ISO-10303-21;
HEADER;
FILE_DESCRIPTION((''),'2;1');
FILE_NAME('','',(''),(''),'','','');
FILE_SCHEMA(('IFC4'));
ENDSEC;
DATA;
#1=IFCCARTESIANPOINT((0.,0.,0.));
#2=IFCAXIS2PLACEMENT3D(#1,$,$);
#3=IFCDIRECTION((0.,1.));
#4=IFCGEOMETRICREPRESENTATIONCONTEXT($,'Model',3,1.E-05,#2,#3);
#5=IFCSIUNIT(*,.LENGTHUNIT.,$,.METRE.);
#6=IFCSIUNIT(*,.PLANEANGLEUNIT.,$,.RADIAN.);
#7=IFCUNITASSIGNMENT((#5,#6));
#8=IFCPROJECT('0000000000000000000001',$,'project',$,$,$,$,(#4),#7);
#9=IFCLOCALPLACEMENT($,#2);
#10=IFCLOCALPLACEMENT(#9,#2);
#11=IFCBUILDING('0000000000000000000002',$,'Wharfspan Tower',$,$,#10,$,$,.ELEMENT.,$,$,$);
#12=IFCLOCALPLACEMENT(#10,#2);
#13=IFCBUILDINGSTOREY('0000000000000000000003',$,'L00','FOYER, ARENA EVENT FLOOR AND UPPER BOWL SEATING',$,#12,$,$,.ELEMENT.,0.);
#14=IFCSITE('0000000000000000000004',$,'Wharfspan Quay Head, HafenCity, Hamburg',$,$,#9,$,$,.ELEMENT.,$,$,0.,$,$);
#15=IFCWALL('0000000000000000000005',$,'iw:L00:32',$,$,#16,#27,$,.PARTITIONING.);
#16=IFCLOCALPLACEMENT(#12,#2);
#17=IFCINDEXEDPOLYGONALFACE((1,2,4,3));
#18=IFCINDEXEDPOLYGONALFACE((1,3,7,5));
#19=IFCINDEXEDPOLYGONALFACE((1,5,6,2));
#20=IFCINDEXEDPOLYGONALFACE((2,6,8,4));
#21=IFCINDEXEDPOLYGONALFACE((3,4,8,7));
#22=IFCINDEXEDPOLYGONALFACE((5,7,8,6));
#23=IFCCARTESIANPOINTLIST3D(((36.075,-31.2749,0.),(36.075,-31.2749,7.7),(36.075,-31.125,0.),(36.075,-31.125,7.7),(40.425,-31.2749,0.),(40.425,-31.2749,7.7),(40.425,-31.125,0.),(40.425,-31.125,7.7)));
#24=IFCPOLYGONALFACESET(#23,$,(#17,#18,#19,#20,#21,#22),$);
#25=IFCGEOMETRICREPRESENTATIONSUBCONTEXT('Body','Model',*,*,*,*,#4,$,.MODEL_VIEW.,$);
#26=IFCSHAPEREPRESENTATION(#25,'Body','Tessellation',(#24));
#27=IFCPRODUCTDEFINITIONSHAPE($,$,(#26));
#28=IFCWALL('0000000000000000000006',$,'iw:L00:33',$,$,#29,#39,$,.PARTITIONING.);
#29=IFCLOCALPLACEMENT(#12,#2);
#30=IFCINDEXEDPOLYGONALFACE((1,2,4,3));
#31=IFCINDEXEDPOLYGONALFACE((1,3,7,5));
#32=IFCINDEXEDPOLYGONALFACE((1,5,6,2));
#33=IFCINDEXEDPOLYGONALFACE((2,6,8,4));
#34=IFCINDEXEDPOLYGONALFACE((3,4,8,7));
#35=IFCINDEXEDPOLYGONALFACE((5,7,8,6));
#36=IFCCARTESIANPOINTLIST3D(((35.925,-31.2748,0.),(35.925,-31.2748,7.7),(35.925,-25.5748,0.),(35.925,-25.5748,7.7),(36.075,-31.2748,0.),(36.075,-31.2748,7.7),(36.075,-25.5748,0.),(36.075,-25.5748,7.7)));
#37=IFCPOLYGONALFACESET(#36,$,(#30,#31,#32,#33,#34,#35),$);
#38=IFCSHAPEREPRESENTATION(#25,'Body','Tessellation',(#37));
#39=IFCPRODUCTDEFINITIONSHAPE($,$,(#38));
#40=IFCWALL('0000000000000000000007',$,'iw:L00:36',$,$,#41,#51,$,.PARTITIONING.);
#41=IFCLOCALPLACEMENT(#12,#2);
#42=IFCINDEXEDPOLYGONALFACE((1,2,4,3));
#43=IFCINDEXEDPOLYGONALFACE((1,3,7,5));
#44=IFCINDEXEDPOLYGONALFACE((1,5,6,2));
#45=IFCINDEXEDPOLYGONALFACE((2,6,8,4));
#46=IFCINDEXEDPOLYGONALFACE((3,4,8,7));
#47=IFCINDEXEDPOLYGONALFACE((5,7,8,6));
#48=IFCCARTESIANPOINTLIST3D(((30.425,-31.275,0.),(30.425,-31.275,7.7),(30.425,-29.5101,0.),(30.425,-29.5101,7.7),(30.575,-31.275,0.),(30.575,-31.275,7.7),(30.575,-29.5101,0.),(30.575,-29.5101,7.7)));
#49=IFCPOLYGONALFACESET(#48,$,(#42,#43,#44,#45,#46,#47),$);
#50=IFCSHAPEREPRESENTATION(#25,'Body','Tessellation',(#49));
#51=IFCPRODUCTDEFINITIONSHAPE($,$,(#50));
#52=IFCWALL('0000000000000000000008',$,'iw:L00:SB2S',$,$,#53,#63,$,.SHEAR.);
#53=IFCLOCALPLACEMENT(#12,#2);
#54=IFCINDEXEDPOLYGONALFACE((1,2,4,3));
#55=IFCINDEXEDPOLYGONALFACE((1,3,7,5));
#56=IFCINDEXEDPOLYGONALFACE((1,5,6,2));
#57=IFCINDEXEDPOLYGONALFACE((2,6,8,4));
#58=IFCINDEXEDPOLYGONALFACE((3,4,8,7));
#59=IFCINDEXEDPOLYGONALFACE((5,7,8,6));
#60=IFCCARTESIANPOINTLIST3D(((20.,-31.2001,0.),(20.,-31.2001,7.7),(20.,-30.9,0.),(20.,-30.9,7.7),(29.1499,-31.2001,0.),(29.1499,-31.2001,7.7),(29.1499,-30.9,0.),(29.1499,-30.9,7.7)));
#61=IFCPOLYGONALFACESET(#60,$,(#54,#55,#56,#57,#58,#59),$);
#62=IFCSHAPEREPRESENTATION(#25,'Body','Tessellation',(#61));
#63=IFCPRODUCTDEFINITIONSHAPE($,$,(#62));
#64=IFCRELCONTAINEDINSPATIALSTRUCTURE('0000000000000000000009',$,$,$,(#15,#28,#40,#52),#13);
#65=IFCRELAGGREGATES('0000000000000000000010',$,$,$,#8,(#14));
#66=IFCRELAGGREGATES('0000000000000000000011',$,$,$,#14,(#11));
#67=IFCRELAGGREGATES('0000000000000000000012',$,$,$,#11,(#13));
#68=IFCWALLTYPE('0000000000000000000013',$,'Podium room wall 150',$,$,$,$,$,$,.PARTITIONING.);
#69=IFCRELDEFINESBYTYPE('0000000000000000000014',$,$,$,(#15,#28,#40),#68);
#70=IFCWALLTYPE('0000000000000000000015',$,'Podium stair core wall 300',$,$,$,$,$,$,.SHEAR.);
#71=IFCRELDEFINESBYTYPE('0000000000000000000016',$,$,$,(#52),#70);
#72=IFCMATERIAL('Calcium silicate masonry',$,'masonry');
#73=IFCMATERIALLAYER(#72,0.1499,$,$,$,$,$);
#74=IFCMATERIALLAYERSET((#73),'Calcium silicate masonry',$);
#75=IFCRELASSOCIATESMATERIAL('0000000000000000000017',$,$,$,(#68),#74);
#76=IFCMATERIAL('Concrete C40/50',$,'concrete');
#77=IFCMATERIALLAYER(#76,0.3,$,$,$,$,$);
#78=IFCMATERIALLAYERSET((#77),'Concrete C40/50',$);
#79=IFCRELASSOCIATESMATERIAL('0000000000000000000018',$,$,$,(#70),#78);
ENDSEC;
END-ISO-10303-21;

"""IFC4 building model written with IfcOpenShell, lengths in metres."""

from ifc_helpers import new_model, si_unit, direction, frame, frame_2d, origin, place, context, subcontext, project, spatial, rectangle, extrude, material, layer, layer_set, type_object, element, save


model = new_model("IFC4")

# Units and contexts
model_context = context("Model", 3, precision=1e-05, world=origin(), true_north=direction((0.0, 1.0)))
body_context = subcontext(model_context, "Body", "Model", "MODEL_VIEW")
ifc_project = project(units=[si_unit("LENGTHUNIT", "METRE"), si_unit("PLANEANGLEUNIT", "RADIAN")], contexts=[model_context])

# Site, building, storey
site_placement = place(None, origin())
site = spatial("IfcSite", under=ifc_project, at=site_placement, Name="Wharfspan Quay Head, HafenCity, Hamburg", CompositionType="ELEMENT", RefElevation=0.0)
building_placement = place(site_placement, origin())
building = spatial("IfcBuilding", under=site, at=building_placement, Name="Wharfspan Tower", CompositionType="ELEMENT")
storey_placement = place(building_placement, origin())
storey = spatial("IfcBuildingStorey", under=building, at=storey_placement, Name="L00", Description="FOYER, ARENA EVENT FLOOR AND UPPER BOWL SEATING", CompositionType="ELEMENT", Elevation=0.0)

# Walls
ifc_material_1 = material(Name="Calcium silicate masonry", Category="masonry")
ifc_layer_1 = layer(ifc_material_1, 0.1499)
ifc_layer_set_1 = layer_set([ifc_layer_1], Name="Calcium silicate masonry")
wall_type_1 = type_object("IfcWallType", Name="Podium room wall 150", PredefinedType="PARTITIONING", material=ifc_layer_set_1)
wall_1_placement = place(storey_placement, frame((36.075, -31.2, 0.0), z_axis=(0.0, 0.0, 1.0), x_axis=(1.0, 0.0, 0.0)))
element("IfcWall", 1, at=wall_1_placement, inside=storey, type_object=wall_type_1, Name="iw:L00:32", PredefinedType="PARTITIONING", context=body_context, shape_type="SweptSolid", body=[
    extrude(rectangle(XDim=4.3501, YDim=0.1499, at=frame_2d((2.175, 0.0))), origin(), (0.0, 0.0, 1.0), 7.7),
])
wall_2_placement = place(storey_placement, frame((36.0, -31.2749, 0.0), z_axis=(0.0, 0.0, 1.0), x_axis=(0.0, 1.0, 0.0)))
element("IfcWall", 2, at=wall_2_placement, inside=storey, type_object=wall_type_1, Name="iw:L00:33", PredefinedType="PARTITIONING", context=body_context, shape_type="SweptSolid", body=[
    extrude(rectangle(XDim=5.7, YDim=0.1499, at=frame_2d((2.8501, 0.0))), origin(), (0.0, 0.0, 1.0), 7.7),
])
wall_3_placement = place(storey_placement, frame((30.5, -31.2749, 0.0), z_axis=(0.0, 0.0, 1.0), x_axis=(0.0, 1.0, 0.0)))
element("IfcWall", 3, at=wall_3_placement, inside=storey, type_object=wall_type_1, Name="iw:L00:36", PredefinedType="PARTITIONING", context=body_context, shape_type="SweptSolid", body=[
    extrude(rectangle(XDim=1.7649, YDim=0.1499, at=frame_2d((0.8823, 0.0))), origin(), (0.0, 0.0, 1.0), 7.7),
])
ifc_material_2 = material(Name="Concrete C40/50", Category="concrete")
ifc_layer_2 = layer(ifc_material_2, 0.3)
ifc_layer_set_2 = layer_set([ifc_layer_2], Name="Concrete C40/50")
wall_type_2 = type_object("IfcWallType", Name="Podium stair core wall 300", PredefinedType="SHEAR", material=ifc_layer_set_2)
wall_4_placement = place(storey_placement, frame((20.0, -31.05, 0.0), z_axis=(0.0, 0.0, 1.0), x_axis=(1.0, 0.0, 0.0)))
element("IfcWall", 4, at=wall_4_placement, inside=storey, type_object=wall_type_2, Name="iw:L00:SB2S", PredefinedType="SHEAR", context=body_context, shape_type="SweptSolid", body=[
    extrude(rectangle(XDim=9.1499, YDim=0.3, at=frame_2d((4.575, 0.0))), origin(), (0.0, 0.0, 1.0), 7.7),
])

save(model, "model.ifc")
